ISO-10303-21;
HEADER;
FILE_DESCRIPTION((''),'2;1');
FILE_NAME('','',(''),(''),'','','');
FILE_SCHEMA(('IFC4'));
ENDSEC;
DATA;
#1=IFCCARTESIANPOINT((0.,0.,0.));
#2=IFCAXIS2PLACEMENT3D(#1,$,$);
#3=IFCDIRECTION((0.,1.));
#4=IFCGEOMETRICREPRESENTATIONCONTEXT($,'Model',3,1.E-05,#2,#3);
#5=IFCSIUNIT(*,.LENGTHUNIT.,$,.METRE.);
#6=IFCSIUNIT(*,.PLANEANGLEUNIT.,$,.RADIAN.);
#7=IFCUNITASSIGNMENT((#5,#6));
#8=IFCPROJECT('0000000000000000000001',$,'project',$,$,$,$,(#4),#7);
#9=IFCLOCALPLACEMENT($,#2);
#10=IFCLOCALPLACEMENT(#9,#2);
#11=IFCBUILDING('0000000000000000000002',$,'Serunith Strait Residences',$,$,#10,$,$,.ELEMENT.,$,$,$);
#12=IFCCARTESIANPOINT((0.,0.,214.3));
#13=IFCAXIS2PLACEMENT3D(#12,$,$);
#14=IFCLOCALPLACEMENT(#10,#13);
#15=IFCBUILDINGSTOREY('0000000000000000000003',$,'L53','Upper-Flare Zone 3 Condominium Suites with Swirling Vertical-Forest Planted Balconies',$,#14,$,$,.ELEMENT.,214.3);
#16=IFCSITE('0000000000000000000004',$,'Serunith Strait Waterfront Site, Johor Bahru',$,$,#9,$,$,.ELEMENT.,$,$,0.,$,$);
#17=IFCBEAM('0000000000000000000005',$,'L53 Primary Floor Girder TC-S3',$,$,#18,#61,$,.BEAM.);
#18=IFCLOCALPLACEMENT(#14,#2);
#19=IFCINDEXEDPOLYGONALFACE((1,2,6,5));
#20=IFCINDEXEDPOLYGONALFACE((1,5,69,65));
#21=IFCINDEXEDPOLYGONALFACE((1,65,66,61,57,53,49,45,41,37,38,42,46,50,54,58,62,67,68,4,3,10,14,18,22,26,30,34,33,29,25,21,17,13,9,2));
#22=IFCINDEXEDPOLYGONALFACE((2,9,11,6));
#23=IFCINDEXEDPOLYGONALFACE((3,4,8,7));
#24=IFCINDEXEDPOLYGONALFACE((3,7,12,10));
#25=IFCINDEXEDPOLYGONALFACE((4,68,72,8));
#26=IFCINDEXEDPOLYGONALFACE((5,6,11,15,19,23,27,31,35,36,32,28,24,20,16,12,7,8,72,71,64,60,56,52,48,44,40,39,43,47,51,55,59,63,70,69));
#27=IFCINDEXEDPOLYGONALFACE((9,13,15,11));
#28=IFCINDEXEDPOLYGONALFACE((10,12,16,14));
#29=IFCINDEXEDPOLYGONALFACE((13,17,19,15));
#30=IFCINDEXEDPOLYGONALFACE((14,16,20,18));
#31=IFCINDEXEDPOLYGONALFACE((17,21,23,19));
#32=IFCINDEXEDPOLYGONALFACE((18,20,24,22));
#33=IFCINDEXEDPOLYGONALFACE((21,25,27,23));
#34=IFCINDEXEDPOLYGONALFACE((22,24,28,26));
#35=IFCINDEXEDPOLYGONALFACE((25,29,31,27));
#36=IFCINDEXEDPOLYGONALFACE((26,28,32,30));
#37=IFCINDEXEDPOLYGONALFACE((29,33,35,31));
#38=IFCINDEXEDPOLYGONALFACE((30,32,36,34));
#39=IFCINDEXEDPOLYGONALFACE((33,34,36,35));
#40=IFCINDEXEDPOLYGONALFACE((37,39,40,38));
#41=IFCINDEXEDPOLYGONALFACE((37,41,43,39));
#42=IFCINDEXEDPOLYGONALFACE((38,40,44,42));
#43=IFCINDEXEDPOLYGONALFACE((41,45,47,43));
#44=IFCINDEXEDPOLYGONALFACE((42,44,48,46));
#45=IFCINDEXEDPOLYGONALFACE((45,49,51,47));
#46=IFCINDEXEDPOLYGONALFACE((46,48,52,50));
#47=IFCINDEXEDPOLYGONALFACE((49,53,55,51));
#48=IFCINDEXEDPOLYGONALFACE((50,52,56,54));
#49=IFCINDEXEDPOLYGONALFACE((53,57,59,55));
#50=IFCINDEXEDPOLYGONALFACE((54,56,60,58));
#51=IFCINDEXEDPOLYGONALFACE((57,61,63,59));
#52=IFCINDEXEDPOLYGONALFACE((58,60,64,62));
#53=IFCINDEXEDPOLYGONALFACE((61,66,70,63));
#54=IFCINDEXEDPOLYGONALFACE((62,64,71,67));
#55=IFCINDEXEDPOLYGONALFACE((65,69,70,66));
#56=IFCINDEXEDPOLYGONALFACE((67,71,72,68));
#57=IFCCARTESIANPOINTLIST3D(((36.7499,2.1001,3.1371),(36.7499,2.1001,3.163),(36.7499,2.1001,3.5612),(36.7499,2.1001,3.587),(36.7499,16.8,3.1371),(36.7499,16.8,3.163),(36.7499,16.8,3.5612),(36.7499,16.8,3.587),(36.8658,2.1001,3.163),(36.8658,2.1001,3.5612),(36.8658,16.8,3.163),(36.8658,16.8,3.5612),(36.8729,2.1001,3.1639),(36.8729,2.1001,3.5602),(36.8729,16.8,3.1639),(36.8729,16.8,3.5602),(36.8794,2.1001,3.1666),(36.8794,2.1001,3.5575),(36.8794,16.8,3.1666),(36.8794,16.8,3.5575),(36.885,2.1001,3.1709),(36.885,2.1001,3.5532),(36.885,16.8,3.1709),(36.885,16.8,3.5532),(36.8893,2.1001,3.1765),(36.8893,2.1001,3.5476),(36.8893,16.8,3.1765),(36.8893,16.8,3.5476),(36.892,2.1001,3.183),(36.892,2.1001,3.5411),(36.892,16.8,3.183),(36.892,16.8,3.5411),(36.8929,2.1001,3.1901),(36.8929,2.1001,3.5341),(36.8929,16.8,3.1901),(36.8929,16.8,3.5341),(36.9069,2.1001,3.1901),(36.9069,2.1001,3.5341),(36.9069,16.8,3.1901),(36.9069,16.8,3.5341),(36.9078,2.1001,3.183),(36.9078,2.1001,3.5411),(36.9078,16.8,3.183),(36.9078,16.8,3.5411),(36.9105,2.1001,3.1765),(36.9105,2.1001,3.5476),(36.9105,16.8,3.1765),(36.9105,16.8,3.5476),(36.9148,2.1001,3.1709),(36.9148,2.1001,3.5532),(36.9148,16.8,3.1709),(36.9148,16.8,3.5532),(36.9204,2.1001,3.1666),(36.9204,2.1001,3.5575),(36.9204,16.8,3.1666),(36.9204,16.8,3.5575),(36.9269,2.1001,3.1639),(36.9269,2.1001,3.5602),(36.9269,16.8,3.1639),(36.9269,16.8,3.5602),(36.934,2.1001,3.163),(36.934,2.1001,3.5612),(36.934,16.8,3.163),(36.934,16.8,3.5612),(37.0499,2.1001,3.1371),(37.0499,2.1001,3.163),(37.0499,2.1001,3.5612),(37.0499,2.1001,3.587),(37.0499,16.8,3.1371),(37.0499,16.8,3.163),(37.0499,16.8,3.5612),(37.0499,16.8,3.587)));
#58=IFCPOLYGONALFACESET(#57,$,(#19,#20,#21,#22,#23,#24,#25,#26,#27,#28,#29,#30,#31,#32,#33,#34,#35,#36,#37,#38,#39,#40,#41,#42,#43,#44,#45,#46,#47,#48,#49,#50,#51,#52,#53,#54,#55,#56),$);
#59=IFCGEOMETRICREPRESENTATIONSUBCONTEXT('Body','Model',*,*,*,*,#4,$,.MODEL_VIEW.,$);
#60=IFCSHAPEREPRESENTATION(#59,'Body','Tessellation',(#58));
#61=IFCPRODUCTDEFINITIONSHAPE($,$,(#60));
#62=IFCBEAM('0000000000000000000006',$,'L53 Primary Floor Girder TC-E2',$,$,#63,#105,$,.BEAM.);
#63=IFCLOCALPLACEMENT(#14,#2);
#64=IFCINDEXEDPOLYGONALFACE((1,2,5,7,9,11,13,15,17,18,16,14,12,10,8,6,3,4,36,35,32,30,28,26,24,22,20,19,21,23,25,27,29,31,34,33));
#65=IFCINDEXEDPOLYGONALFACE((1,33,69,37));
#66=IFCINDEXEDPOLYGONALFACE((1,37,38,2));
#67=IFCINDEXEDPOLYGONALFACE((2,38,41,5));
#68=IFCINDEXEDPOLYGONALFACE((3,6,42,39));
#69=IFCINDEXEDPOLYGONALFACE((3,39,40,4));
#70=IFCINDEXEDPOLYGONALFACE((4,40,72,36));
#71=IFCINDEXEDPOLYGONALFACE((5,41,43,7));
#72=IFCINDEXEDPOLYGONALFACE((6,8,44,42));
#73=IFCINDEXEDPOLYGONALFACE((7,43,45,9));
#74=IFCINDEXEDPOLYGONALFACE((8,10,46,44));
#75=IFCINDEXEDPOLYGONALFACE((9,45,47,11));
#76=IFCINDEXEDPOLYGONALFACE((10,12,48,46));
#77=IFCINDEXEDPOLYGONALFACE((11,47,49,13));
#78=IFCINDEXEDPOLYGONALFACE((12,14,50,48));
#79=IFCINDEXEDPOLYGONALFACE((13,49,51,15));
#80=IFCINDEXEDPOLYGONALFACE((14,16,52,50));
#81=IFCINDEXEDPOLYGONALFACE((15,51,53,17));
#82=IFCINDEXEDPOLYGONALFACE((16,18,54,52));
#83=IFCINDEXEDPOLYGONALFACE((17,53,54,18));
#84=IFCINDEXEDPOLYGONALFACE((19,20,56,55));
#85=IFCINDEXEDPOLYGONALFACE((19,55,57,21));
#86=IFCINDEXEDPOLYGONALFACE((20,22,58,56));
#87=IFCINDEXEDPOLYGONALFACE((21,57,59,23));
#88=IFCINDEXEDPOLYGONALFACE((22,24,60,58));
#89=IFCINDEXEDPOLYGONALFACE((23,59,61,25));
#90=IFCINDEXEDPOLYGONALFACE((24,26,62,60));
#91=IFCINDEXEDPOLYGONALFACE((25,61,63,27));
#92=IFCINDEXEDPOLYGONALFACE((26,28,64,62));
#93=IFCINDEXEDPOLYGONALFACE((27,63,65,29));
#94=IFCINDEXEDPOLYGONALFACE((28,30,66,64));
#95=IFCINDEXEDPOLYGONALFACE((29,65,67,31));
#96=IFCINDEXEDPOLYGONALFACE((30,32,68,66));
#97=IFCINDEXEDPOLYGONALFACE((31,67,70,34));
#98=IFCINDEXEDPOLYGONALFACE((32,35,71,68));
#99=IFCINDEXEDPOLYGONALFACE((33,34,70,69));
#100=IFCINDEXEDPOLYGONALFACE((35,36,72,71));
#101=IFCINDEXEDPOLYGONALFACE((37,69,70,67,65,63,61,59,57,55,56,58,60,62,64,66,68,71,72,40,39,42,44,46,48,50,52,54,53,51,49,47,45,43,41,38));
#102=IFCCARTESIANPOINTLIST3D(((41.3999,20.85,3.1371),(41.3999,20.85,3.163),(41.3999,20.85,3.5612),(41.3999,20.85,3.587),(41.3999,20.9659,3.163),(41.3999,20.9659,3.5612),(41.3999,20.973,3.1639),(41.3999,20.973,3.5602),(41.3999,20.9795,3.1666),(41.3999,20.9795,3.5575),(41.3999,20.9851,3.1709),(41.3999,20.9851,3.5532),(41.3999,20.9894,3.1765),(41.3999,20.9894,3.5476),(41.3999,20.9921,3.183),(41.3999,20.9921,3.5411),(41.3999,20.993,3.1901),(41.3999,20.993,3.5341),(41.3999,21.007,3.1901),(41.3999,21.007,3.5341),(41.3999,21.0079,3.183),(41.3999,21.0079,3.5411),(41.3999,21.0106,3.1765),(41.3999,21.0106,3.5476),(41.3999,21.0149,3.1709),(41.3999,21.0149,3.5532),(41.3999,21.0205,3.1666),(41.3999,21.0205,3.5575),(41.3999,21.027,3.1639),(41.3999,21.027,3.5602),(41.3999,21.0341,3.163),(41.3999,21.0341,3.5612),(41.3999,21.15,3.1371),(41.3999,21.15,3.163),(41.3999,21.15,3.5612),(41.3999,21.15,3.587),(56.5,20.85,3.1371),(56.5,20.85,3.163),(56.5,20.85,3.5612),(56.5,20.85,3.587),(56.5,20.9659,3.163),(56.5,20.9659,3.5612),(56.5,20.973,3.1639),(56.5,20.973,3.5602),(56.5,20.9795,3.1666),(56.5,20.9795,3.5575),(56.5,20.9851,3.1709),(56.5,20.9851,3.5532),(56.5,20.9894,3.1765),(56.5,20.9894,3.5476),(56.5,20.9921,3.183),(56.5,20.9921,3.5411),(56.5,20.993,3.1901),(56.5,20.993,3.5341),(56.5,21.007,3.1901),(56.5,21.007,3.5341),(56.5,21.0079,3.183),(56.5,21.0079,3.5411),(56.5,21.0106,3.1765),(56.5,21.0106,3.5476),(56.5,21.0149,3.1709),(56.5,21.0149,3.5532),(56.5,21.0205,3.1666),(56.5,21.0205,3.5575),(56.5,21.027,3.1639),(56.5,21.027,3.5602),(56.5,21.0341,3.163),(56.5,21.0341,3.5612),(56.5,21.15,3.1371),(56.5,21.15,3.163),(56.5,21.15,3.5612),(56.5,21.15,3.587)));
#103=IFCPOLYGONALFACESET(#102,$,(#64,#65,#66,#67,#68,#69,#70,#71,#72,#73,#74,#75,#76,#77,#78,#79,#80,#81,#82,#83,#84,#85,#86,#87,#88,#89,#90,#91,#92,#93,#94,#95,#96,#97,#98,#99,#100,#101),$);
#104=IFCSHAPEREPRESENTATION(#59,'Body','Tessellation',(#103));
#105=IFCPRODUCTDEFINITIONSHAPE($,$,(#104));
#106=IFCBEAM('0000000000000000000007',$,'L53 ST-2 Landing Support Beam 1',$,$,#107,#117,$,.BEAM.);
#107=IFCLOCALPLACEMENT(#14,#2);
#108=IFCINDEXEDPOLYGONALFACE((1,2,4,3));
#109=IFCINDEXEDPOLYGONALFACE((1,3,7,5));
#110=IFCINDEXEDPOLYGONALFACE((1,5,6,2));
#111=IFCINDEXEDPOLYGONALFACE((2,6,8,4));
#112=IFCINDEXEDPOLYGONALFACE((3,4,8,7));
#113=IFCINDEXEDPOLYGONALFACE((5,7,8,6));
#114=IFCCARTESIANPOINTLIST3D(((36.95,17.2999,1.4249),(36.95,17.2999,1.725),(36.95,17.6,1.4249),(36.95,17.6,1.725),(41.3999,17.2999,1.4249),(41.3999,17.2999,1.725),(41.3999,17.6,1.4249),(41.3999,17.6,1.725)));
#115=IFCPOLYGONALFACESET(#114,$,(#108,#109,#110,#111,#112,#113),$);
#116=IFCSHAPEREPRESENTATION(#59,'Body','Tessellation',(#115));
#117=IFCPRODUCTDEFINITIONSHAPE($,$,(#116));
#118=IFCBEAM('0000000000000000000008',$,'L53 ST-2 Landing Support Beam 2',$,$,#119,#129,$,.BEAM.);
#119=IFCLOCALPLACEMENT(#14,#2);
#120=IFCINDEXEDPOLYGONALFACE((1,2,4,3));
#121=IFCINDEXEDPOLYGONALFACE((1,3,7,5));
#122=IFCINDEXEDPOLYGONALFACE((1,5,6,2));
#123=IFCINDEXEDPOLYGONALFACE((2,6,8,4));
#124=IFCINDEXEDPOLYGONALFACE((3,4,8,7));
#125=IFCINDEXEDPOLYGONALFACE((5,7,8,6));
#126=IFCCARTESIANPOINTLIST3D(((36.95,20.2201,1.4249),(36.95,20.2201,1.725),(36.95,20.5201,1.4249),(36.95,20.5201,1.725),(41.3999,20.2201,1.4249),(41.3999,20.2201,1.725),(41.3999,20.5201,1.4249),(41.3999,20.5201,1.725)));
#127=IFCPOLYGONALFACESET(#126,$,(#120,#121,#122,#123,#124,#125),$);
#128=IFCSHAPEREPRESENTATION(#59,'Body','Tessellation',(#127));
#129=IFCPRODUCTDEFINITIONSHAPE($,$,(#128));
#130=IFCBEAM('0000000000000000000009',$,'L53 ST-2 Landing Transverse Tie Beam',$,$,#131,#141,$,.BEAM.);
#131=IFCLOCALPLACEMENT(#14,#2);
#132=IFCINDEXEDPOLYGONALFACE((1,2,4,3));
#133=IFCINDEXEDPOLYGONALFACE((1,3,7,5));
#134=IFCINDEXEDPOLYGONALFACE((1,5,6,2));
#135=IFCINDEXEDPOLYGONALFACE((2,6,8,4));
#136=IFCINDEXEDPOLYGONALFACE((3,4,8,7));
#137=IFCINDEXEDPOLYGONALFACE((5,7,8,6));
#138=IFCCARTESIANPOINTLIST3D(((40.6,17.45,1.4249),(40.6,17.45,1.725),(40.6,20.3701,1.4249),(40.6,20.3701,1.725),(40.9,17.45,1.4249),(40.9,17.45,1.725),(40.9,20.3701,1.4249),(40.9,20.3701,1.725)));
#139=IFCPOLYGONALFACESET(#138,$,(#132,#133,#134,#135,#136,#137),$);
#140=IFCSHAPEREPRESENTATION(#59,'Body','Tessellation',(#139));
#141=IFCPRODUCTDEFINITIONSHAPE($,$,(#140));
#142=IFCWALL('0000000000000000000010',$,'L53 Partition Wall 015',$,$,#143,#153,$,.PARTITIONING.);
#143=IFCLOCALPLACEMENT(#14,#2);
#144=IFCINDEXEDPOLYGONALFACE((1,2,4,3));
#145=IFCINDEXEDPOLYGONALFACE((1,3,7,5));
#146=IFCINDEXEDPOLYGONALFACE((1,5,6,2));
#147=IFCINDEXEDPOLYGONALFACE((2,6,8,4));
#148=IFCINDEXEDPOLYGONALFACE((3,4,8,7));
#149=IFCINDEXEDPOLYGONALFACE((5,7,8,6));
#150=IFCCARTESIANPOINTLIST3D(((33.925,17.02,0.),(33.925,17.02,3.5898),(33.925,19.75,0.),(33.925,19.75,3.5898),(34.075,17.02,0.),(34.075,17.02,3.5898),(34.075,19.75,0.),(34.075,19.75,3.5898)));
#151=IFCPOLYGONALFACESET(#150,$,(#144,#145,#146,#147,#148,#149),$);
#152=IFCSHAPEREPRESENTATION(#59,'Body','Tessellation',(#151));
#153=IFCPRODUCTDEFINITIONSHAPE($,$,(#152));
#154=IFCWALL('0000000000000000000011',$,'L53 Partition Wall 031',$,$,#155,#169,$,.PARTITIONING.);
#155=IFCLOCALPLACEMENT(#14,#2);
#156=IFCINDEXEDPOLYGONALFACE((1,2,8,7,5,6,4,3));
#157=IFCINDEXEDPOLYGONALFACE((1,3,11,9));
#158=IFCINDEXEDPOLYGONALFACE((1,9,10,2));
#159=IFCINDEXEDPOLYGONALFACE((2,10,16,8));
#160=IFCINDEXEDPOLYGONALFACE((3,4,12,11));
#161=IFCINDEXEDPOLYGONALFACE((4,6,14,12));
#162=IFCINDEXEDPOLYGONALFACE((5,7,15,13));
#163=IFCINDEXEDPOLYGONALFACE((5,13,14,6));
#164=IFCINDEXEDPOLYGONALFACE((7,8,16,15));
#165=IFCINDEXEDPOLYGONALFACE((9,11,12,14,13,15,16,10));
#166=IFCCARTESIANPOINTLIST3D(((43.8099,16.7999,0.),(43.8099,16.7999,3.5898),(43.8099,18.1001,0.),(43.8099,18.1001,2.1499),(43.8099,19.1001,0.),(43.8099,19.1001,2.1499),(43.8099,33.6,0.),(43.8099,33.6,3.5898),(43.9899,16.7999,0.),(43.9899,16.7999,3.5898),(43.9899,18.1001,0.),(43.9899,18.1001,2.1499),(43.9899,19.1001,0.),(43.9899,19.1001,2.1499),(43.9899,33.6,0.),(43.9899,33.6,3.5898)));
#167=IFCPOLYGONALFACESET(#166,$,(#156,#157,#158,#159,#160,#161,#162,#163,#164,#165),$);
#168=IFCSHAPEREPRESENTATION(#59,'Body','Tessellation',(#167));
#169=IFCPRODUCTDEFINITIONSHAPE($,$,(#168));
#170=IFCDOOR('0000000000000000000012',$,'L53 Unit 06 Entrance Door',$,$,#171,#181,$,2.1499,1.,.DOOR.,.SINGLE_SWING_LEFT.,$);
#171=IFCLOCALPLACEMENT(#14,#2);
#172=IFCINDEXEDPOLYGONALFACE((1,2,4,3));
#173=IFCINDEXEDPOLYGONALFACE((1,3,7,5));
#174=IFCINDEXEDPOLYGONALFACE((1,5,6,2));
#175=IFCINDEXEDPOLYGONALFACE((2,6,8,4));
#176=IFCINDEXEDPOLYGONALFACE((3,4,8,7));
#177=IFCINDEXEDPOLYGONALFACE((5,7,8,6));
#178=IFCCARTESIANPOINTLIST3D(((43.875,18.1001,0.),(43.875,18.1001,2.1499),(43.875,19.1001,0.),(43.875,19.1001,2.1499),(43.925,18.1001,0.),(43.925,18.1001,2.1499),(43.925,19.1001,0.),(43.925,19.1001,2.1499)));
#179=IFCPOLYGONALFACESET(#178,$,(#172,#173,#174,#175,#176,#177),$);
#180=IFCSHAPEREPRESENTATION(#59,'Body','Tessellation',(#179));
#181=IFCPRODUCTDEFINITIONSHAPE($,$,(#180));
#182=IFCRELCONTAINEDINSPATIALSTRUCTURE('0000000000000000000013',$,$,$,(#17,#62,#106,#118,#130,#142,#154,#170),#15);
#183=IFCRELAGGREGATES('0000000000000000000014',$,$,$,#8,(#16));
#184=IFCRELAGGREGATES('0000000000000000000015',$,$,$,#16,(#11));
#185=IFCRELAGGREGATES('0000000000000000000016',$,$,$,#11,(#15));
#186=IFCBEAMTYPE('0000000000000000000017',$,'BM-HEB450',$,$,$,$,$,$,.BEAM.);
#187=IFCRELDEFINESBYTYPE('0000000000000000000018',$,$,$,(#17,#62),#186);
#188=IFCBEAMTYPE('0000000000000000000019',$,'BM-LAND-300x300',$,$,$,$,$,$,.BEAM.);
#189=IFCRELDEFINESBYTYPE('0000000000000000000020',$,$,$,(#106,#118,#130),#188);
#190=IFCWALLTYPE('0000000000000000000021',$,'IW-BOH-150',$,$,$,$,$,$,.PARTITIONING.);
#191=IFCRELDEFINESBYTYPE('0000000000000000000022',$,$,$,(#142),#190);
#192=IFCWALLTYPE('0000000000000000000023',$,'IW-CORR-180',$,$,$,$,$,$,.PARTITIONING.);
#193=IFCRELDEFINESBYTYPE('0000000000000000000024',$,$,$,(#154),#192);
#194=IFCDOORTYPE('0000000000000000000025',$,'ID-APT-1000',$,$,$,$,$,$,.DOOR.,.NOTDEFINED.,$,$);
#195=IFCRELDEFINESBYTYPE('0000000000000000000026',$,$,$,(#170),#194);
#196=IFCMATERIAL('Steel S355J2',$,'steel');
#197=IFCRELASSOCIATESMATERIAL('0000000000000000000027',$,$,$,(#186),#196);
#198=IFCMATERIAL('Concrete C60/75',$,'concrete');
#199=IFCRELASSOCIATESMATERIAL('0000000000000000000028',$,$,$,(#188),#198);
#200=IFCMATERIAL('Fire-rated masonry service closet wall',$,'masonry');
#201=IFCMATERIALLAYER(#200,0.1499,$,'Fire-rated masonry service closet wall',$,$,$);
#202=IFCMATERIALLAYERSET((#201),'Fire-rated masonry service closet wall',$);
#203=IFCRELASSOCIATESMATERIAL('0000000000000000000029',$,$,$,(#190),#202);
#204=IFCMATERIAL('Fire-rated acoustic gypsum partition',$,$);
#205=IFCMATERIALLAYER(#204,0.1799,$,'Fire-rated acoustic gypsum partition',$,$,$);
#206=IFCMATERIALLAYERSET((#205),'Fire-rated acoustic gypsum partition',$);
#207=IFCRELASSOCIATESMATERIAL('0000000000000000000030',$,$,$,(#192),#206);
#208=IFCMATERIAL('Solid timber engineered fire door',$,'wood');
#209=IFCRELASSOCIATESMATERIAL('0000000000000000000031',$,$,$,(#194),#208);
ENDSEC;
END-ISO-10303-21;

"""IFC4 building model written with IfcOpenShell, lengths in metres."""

from ifc_helpers import new_model, si_unit, direction, frame, frame_2d, origin, origin_2d, place, context, subcontext, project, spatial, rectangle, i_section, extrude, source, transform, mapped, material, layer, layer_set, material_profile, profile_set, type_object, element, fill, save


model = new_model("IFC4")

# Units and contexts
model_context = context("Model", 3, precision=1e-05, world=origin(), true_north=direction((0.0, 1.0)))
body_context = subcontext(model_context, "Body", "Model", "MODEL_VIEW")
ifc_project = project(units=[si_unit("LENGTHUNIT", "METRE"), si_unit("PLANEANGLEUNIT", "RADIAN")], contexts=[model_context])

# Site, building, storey
site_placement = place(None, origin())
site = spatial("IfcSite", under=ifc_project, at=site_placement, Name="Serunith Strait Waterfront Site, Johor Bahru", CompositionType="ELEMENT", RefElevation=0.0)
building_placement = place(site_placement, origin())
building = spatial("IfcBuilding", under=site, at=building_placement, Name="Serunith Strait Residences", CompositionType="ELEMENT")
storey_placement = place(building_placement, frame((0.0, 0.0, 214.3)))
storey = spatial("IfcBuildingStorey", under=building, at=storey_placement, Name="L53", Description="Upper-Flare Zone 3 Condominium Suites with Swirling Vertical-Forest Planted Balconies", CompositionType="ELEMENT", Elevation=214.3)

# Beams
ifc_material_1 = material(Name="Steel S355J2", Category="steel")
ifc_material_profile_1 = material_profile(ifc_material_1, i_section(OverallWidth=0.3, OverallDepth=0.45, WebThickness=0.0139, FlangeThickness=0.0259, FilletRadius=0.0271, at=origin_2d()), Name="HEB 450")
ifc_profile_set_1 = profile_set([ifc_material_profile_1], Name="Steel S355J2")
beam_type_1 = type_object("IfcBeamType", Name="BM-HEB450", PredefinedType="BEAM", material=ifc_profile_set_1)
shared_shape_1 = source(origin(), body_context, "Body", "SweptSolid", [
    extrude(i_section(OverallWidth=0.3, OverallDepth=0.45, WebThickness=0.0139, FlangeThickness=0.0259, FilletRadius=0.0271, at=origin_2d()), origin(), (0.0, 0.0, 1.0), 14.7),
])
beam_1_placement = place(storey_placement, frame((36.8999, 16.8, 3.3621), z_axis=(0.0, -1.0, 0.0), x_axis=(1.0, 0.0, 0.0)))
element("IfcBeam", 1, at=beam_1_placement, inside=storey, type_object=beam_type_1, Name="L53 Primary Floor Girder TC-S3", PredefinedType="BEAM", context=body_context, shape_type="MappedRepresentation", body=[
    mapped(shared_shape_1, transform((0.0, 0.0, 0.0), scale=1.0)),
])
shared_shape_2 = source(origin(), body_context, "Body", "SweptSolid", [
    extrude(i_section(OverallWidth=0.3, OverallDepth=0.45, WebThickness=0.0139, FlangeThickness=0.0259, FilletRadius=0.0271, at=origin_2d()), origin(), (0.0, 0.0, 1.0), 15.1001),
])
beam_2_placement = place(storey_placement, frame((41.3999, 21.0, 3.3621), z_axis=(1.0, 0.0, 0.0), x_axis=(0.0, 1.0, 0.0)))
element("IfcBeam", 2, at=beam_2_placement, inside=storey, type_object=beam_type_1, Name="L53 Primary Floor Girder TC-E2", PredefinedType="BEAM", context=body_context, shape_type="MappedRepresentation", body=[
    mapped(shared_shape_2, transform((0.0, 0.0, 0.0), scale=1.0)),
])
ifc_material_2 = material(Name="Concrete C60/75", Category="concrete")
ifc_material_profile_2 = material_profile(ifc_material_2, rectangle(XDim=0.3, YDim=0.3, at=origin_2d()), Name="RC 300x300")
ifc_profile_set_2 = profile_set([ifc_material_profile_2], Name="Concrete C60/75")
beam_type_2 = type_object("IfcBeamType", Name="BM-LAND-300x300", PredefinedType="BEAM", material=ifc_profile_set_2)
shared_shape_3 = source(origin(), body_context, "Body", "SweptSolid", [
    extrude(rectangle(XDim=0.3, YDim=0.3, at=origin_2d()), origin(), (0.0, 0.0, 1.0), 4.45),
])
for number, where, z_axis, x_axis, name in (
    (3, (36.95, 17.45, 1.575), (1.0, 0.0, 0.0), (0.0, 1.0, 0.0), "L53 ST-2 Landing Support Beam 1"),
    (4, (36.95, 20.3701, 1.575), (1.0, 0.0, 0.0), (0.0, 1.0, 0.0), "L53 ST-2 Landing Support Beam 2"),
):
    element("IfcBeam", number, at=place(storey_placement, frame(where, z_axis=z_axis, x_axis=x_axis)), inside=storey, type_object=beam_type_2, Name=name, PredefinedType="BEAM", context=body_context, shape_type="MappedRepresentation", body=[
        mapped(shared_shape_3, transform((0.0, 0.0, 0.0), scale=1.0)),
    ])
shared_shape_4 = source(origin(), body_context, "Body", "SweptSolid", [
    extrude(rectangle(XDim=0.3, YDim=0.3, at=origin_2d()), origin(), (0.0, 0.0, 1.0), 2.9202),
])
beam_3_placement = place(storey_placement, frame((40.75, 17.45, 1.575), z_axis=(0.0, 1.0, 0.0), x_axis=(-1.0, 0.0, 0.0)))
element("IfcBeam", 5, at=beam_3_placement, inside=storey, type_object=beam_type_2, Name="L53 ST-2 Landing Transverse Tie Beam", PredefinedType="BEAM", context=body_context, shape_type="MappedRepresentation", body=[
    mapped(shared_shape_4, transform((0.0, 0.0, 0.0), scale=1.0)),
])

# Wall
ifc_material_3 = material(Name="Fire-rated masonry service closet wall", Category="masonry")
ifc_layer_1 = layer(ifc_material_3, 0.1499, Name="Fire-rated masonry service closet wall")
ifc_layer_set_1 = layer_set([ifc_layer_1], Name="Fire-rated masonry service closet wall")
wall_type_1 = type_object("IfcWallType", Name="IW-BOH-150", PredefinedType="PARTITIONING", material=ifc_layer_set_1)
wall_1_placement = place(storey_placement, frame((34.0, 17.02, 0.0), z_axis=(0.0, 0.0, 1.0), x_axis=(0.0, 1.0, 0.0)))
element("IfcWall", 6, at=wall_1_placement, inside=storey, type_object=wall_type_1, Name="L53 Partition Wall 015", PredefinedType="PARTITIONING", context=body_context, shape_type="SweptSolid", body=[
    extrude(rectangle(XDim=2.73, YDim=0.1499, at=frame_2d((1.365, 0.0))), origin(), (0.0, 0.0, 1.0), 3.5898),
])

# Wall, opening, door
ifc_material_4 = material(Name="Fire-rated acoustic gypsum partition")
ifc_layer_2 = layer(ifc_material_4, 0.1799, Name="Fire-rated acoustic gypsum partition")
ifc_layer_set_2 = layer_set([ifc_layer_2], Name="Fire-rated acoustic gypsum partition")
wall_type_2 = type_object("IfcWallType", Name="IW-CORR-180", PredefinedType="PARTITIONING", material=ifc_layer_set_2)
ifc_material_5 = material(Name="Solid timber engineered fire door", Category="wood")
door_type_1 = type_object("IfcDoorType", Name="ID-APT-1000", OperationType="NOTDEFINED", PredefinedType="DOOR", material=ifc_material_5)
shared_shape_5 = source(origin(), body_context, "Body", "SweptSolid", [
    extrude(rectangle(XDim=1.0, YDim=2.1499, at=frame_2d((0.5, 1.075))), frame((0.0, 0.0249, 0.0), z_axis=(0.0, -1.0, 0.0), x_axis=(1.0, 0.0, 0.0)), (0.0, 0.0, 1.0), 0.05),
])
wall_2_placement = place(storey_placement, frame((43.8999, 16.8, 0.0), z_axis=(0.0, 0.0, 1.0), x_axis=(0.0, 1.0, 0.0)))
wall_2 = element("IfcWall", 7, at=wall_2_placement, inside=storey, type_object=wall_type_2, Name="L53 Partition Wall 031", PredefinedType="PARTITIONING", context=body_context, shape_type="SweptSolid", body=[
    extrude(rectangle(XDim=16.8, YDim=0.1799, at=frame_2d((8.3999, 0.0))), origin(), (0.0, 0.0, 1.0), 3.5898),
])
opening_1_placement = place(wall_2_placement, frame((1.3, 0.0, 0.0)))
opening_1 = element("IfcOpeningElement", 8, at=opening_1_placement, cuts=wall_2, PredefinedType="OPENING", context=body_context, shape_type="SweptSolid", body=[
    extrude(rectangle(XDim=1.0, YDim=2.1499, at=frame_2d((0.5, 1.075))), frame((0.0, 0.1001, 0.0), z_axis=(0.0, -1.0, 0.0), x_axis=(1.0, 0.0, 0.0)), (0.0, 0.0, 1.0), 0.2),
])
door_1_placement = place(opening_1_placement, origin())
door_1 = element("IfcDoor", 9, at=door_1_placement, inside=storey, type_object=door_type_1, Name="L53 Unit 06 Entrance Door", OperationType="SINGLE_SWING_LEFT", OverallHeight=2.1499, OverallWidth=1.0, PredefinedType="DOOR", context=body_context, shape_type="MappedRepresentation", body=[
    mapped(shared_shape_5, transform((0.0, 0.0, 0.0), scale=1.0)),
])
fill(opening_1, door_1)

save(model, "model.ifc")
